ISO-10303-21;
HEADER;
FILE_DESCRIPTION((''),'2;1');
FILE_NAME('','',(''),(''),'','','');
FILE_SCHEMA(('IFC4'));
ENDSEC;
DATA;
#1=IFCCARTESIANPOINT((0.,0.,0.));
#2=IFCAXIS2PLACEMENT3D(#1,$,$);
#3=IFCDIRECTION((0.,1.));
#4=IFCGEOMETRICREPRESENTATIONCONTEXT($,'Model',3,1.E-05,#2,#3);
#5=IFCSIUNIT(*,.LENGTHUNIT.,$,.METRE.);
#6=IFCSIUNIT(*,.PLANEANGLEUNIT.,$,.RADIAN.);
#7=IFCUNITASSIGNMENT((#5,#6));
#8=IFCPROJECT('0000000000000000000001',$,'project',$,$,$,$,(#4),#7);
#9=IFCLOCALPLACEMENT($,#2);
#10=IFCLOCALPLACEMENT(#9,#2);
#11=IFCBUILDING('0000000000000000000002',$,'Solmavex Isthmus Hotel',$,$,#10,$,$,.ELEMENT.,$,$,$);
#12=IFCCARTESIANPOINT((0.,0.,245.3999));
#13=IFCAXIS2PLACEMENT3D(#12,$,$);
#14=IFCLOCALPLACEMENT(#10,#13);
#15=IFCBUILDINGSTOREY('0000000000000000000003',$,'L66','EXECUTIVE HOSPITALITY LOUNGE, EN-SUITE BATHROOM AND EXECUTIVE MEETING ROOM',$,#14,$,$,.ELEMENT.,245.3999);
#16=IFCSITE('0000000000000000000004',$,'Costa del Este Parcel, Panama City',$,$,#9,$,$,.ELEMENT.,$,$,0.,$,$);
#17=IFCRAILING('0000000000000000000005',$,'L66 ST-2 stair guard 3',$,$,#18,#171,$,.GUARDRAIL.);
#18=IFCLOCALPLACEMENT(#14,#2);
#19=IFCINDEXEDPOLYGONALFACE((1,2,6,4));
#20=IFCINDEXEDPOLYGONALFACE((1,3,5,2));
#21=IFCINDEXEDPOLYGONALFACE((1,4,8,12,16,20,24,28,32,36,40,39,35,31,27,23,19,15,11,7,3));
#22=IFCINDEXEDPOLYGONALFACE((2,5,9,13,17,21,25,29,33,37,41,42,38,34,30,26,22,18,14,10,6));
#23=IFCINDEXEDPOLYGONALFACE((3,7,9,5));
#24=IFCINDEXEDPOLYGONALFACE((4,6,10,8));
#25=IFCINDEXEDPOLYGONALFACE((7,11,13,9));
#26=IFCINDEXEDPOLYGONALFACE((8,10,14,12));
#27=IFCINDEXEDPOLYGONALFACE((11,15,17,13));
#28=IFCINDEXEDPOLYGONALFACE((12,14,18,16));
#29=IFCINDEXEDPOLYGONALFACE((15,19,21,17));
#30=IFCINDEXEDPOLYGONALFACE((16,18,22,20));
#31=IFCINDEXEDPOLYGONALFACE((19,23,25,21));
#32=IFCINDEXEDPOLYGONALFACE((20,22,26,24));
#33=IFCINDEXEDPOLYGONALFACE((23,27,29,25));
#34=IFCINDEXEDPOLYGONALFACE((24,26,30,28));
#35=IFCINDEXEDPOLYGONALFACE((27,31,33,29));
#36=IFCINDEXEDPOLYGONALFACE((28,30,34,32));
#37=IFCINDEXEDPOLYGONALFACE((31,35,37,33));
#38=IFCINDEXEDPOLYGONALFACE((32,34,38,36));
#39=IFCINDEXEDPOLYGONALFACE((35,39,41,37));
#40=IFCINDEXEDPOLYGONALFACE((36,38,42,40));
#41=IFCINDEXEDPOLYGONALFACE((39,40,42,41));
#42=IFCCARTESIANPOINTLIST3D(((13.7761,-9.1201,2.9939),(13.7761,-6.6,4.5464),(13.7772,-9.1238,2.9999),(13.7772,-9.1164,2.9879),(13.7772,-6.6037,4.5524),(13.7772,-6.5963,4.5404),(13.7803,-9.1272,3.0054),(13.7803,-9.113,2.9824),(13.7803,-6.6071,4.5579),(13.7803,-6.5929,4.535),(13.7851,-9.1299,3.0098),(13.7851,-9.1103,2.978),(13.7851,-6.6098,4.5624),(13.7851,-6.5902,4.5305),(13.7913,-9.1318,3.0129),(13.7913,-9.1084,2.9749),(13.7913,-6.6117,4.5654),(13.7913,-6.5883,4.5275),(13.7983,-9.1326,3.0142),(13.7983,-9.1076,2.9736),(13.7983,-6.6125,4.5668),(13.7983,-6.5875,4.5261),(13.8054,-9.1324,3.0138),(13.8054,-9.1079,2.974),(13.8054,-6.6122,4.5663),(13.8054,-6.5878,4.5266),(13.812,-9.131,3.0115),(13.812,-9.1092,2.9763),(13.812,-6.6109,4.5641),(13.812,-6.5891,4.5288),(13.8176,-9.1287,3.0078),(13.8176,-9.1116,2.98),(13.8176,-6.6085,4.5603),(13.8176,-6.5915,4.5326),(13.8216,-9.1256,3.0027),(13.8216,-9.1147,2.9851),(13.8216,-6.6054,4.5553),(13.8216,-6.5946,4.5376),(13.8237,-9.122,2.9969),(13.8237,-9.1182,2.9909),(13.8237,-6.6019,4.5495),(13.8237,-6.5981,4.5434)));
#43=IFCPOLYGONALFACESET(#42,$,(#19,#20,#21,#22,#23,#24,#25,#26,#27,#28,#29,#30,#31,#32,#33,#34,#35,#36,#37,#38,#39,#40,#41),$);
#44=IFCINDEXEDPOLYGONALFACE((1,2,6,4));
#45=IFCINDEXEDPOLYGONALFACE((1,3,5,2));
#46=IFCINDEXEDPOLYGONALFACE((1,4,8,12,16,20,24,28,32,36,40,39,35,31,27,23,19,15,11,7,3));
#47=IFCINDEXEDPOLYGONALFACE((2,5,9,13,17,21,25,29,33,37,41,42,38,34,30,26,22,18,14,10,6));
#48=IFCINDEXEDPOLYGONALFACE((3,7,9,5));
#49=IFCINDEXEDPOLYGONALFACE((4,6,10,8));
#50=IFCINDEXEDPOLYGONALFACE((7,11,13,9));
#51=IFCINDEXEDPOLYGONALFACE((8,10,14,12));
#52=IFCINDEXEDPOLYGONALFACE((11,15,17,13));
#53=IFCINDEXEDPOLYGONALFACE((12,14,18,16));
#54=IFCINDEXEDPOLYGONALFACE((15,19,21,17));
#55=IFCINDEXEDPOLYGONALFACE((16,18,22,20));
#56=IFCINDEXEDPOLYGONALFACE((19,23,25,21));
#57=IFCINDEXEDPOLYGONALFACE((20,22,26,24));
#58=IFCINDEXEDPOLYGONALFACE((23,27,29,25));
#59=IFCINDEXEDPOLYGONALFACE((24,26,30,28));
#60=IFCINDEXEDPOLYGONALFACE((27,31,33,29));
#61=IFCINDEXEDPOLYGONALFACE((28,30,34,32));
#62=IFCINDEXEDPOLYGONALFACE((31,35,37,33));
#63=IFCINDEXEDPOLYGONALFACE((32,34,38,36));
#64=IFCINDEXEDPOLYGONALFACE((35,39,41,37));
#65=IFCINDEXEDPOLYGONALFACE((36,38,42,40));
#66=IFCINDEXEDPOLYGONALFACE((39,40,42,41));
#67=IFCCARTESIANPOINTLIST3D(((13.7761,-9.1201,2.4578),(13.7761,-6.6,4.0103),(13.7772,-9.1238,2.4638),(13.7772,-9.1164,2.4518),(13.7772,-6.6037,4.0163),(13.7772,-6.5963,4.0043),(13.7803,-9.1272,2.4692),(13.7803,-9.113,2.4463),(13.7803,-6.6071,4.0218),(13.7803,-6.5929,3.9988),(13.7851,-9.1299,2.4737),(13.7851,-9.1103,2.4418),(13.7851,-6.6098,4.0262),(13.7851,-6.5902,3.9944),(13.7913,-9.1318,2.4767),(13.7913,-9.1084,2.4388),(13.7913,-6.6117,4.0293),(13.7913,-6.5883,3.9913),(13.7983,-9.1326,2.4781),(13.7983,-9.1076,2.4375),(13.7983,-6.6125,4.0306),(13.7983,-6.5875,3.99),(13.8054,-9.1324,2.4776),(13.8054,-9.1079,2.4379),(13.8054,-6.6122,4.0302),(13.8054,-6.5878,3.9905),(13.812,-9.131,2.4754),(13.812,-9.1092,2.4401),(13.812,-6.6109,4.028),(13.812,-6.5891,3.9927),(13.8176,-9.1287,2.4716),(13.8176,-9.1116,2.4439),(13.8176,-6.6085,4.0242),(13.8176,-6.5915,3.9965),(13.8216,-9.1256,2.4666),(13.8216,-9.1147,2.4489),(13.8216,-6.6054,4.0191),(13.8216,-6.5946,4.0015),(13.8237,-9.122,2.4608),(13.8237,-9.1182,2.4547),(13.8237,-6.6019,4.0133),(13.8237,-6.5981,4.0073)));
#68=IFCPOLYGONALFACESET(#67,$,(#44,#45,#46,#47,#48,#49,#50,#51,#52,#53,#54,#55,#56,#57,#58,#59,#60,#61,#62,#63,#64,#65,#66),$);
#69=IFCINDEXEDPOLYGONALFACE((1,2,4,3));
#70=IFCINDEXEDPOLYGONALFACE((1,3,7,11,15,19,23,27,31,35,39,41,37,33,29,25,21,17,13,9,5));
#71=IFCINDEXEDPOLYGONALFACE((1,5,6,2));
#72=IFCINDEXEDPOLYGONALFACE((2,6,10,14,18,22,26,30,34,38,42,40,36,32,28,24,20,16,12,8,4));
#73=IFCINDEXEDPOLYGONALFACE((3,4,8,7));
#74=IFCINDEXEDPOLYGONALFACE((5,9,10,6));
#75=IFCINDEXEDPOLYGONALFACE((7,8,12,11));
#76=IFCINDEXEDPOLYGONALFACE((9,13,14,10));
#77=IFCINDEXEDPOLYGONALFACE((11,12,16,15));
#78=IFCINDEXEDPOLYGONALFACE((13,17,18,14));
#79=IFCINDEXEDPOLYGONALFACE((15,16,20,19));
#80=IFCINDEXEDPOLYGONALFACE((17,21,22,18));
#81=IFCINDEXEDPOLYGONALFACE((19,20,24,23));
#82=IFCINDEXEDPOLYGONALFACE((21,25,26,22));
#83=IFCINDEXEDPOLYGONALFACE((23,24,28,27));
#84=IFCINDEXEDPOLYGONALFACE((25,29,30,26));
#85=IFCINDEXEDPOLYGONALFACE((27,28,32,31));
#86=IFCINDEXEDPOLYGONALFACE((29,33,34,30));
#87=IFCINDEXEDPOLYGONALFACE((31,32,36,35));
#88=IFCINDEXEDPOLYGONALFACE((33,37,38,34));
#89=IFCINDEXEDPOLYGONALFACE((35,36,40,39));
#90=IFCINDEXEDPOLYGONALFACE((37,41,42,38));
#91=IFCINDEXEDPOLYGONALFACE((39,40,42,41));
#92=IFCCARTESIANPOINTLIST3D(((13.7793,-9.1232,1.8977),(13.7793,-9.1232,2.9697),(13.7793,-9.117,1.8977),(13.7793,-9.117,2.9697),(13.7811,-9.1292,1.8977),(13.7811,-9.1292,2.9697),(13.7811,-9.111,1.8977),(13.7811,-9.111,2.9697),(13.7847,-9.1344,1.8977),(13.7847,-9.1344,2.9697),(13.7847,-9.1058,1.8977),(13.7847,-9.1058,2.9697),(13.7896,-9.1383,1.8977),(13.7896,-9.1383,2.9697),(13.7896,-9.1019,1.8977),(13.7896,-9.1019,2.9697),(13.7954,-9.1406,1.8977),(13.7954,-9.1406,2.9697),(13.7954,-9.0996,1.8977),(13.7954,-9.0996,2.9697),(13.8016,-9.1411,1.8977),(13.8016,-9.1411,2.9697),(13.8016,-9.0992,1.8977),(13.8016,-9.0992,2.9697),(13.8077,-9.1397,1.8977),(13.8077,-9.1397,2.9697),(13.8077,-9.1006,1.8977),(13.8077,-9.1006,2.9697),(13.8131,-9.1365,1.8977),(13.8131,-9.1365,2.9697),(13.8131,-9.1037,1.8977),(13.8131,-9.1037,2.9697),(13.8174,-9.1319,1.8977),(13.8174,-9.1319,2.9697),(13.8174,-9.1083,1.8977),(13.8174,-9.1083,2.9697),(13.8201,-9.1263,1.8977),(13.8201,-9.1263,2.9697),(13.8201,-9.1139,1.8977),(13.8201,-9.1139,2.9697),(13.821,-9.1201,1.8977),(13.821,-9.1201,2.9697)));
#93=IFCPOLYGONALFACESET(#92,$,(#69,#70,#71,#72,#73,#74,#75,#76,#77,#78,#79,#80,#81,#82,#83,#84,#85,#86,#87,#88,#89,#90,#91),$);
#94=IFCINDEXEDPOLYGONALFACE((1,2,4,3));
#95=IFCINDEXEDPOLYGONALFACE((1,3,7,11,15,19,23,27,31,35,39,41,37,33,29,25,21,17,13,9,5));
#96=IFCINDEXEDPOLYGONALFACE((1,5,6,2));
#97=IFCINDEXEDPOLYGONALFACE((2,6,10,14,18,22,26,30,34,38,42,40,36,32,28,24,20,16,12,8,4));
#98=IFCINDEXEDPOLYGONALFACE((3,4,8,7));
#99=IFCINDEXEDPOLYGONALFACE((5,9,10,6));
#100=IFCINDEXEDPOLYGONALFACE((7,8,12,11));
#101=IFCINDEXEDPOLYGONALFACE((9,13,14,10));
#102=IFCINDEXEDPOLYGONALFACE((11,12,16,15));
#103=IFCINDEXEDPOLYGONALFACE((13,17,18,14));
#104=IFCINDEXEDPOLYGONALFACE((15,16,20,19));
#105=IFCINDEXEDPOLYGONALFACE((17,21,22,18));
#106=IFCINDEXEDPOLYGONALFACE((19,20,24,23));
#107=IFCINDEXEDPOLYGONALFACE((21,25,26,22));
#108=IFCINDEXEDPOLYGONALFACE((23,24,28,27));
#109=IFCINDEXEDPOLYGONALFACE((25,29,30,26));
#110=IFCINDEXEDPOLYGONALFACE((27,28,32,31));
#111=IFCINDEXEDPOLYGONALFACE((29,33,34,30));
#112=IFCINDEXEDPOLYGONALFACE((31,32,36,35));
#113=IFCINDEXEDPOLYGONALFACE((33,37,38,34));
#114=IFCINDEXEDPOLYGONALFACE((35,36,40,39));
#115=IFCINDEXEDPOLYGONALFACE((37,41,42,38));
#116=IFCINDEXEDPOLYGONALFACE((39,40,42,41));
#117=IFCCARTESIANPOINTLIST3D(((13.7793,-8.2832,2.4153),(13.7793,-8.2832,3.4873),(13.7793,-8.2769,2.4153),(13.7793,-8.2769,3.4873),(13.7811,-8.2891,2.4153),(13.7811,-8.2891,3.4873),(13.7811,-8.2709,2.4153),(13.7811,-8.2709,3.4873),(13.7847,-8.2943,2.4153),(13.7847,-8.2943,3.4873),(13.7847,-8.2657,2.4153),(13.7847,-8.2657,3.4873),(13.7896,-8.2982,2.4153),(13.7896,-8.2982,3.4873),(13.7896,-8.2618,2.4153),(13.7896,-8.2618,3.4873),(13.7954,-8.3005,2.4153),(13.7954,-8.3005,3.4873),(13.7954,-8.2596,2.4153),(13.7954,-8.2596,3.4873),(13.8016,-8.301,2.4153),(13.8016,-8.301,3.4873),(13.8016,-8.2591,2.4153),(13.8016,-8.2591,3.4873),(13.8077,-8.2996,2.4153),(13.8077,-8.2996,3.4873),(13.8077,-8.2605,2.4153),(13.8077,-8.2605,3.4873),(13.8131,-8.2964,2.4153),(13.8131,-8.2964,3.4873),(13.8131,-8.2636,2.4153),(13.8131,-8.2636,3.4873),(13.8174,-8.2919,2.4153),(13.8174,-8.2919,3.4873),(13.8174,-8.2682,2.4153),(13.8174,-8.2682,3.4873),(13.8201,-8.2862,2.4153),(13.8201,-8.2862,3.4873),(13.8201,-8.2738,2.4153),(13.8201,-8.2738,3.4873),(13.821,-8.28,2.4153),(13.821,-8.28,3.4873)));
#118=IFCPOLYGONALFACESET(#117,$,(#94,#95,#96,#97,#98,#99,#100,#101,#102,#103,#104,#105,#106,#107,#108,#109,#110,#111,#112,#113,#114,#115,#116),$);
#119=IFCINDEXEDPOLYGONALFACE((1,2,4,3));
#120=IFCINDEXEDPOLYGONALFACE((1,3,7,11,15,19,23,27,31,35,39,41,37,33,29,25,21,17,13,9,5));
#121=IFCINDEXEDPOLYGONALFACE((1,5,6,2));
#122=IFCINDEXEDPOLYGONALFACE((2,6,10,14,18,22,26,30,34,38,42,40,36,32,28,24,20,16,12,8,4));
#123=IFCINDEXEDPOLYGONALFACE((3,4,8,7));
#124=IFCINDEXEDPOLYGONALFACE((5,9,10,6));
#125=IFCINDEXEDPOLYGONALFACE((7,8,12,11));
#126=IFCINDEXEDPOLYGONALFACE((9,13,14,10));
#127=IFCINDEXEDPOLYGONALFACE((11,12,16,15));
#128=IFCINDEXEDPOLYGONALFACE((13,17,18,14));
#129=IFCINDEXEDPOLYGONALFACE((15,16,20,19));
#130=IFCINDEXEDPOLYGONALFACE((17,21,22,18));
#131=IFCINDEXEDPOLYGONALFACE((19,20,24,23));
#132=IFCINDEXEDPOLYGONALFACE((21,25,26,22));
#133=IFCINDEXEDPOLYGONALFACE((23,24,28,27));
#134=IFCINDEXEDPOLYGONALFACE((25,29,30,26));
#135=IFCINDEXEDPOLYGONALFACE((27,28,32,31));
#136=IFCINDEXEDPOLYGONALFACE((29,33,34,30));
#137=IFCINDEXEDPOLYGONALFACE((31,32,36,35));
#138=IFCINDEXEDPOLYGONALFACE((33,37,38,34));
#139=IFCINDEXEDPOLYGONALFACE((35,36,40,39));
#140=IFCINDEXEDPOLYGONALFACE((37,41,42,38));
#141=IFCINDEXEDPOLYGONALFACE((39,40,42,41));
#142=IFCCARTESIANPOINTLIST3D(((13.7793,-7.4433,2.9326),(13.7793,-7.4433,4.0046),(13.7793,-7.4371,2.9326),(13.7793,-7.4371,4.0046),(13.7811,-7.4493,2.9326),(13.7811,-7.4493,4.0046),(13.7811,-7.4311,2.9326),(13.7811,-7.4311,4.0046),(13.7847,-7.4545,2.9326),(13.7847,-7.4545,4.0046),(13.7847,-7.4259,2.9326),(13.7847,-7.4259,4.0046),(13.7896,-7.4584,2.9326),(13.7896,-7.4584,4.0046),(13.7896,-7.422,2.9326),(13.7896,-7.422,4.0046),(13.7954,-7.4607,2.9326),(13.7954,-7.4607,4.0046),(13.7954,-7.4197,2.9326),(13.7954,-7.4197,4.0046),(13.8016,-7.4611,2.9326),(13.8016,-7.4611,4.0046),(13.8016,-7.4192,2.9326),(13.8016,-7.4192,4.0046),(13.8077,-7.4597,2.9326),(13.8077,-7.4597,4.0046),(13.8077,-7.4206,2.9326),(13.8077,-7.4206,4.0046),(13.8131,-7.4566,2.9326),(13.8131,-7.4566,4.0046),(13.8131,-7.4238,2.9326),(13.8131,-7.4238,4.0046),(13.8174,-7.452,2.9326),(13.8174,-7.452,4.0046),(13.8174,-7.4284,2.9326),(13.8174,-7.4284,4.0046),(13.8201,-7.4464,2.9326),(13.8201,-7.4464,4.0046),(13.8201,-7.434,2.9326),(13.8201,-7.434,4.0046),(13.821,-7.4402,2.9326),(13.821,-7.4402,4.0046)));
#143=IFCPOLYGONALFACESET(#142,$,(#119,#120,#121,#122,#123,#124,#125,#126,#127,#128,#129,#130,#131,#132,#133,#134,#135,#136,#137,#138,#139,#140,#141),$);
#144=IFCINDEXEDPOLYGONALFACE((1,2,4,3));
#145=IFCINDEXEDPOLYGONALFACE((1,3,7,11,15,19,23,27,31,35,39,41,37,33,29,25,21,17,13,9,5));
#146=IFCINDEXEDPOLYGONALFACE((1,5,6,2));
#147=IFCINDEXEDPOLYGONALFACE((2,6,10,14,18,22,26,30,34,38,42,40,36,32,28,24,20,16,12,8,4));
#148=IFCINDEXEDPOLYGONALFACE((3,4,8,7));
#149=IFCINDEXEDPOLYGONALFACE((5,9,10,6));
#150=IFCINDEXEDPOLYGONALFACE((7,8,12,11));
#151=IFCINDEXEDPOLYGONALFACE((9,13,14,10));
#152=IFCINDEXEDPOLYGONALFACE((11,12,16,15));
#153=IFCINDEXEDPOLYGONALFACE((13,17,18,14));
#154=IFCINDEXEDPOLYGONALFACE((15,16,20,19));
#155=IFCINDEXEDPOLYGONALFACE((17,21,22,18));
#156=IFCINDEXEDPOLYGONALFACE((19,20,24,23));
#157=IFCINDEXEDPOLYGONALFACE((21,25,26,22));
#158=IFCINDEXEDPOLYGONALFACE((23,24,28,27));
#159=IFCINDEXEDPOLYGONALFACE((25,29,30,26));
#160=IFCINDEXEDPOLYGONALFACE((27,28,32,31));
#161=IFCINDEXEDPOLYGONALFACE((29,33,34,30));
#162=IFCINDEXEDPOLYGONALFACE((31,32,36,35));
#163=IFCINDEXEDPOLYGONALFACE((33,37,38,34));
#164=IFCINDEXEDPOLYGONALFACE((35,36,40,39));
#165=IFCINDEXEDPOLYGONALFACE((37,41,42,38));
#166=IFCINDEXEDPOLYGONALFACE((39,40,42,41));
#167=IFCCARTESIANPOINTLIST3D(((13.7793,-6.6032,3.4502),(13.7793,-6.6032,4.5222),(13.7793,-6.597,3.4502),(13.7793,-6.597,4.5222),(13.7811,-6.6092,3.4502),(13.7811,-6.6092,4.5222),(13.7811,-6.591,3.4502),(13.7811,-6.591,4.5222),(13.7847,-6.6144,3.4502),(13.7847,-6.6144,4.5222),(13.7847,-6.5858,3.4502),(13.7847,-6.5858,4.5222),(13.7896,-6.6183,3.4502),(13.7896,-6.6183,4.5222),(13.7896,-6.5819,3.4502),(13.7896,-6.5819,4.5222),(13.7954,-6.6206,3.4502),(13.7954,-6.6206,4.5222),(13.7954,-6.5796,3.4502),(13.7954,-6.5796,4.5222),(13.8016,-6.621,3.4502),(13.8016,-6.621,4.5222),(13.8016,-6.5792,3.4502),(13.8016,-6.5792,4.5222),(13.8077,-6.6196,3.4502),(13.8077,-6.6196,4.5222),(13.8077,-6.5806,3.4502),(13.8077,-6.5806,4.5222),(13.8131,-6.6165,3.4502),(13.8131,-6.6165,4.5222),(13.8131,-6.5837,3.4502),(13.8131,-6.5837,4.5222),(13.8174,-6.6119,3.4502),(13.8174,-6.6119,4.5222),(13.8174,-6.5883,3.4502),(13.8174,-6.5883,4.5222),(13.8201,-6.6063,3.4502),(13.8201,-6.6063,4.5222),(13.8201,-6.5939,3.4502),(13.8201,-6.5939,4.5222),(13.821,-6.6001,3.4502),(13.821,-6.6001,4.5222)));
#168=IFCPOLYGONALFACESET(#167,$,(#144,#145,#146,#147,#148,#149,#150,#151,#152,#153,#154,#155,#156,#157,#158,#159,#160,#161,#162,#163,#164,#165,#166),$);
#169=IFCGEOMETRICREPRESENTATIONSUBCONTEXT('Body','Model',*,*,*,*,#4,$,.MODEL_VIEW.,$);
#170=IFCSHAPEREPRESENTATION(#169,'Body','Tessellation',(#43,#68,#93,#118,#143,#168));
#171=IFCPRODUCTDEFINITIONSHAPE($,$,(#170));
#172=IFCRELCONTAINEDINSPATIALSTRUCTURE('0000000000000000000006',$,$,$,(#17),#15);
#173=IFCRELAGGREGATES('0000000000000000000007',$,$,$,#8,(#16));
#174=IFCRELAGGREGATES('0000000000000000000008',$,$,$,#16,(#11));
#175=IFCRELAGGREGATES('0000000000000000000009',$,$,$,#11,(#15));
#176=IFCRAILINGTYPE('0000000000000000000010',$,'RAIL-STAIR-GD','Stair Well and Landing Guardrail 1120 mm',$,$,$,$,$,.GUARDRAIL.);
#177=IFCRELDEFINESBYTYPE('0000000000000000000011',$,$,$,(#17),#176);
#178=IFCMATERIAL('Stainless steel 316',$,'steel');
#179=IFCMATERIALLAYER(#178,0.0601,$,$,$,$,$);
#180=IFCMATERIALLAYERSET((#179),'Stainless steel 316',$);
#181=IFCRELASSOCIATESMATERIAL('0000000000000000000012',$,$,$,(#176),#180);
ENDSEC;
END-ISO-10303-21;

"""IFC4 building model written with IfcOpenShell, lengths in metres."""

from ifc_helpers import new_model, si_unit, direction, frame, origin, origin_2d, place, context, subcontext, project, spatial, circle, extrude, material, layer, layer_set, type_object, element, save


model = new_model("IFC4")

# Units and contexts
model_context = context("Model", 3, precision=1e-05, world=origin(), true_north=direction((0.0, 1.0)))
body_context = subcontext(model_context, "Body", "Model", "MODEL_VIEW")
ifc_project = project(units=[si_unit("LENGTHUNIT", "METRE"), si_unit("PLANEANGLEUNIT", "RADIAN")], contexts=[model_context])

# Site, building, storey
site_placement = place(None, origin())
site = spatial("IfcSite", under=ifc_project, at=site_placement, Name="Costa del Este Parcel, Panama City", CompositionType="ELEMENT", RefElevation=0.0)
building_placement = place(site_placement, origin())
building = spatial("IfcBuilding", under=site, at=building_placement, Name="Solmavex Isthmus Hotel", CompositionType="ELEMENT")
storey_placement = place(building_placement, frame((0.0, 0.0, 245.3999)))
storey = spatial("IfcBuildingStorey", under=building, at=storey_placement, Name="L66", Description="EXECUTIVE HOSPITALITY LOUNGE, EN-SUITE BATHROOM AND EXECUTIVE MEETING ROOM", CompositionType="ELEMENT", Elevation=245.3999)

# Railing
ifc_material_1 = material(Name="Stainless steel 316", Category="steel")
ifc_layer_1 = layer(ifc_material_1, 0.0601)
ifc_layer_set_1 = layer_set([ifc_layer_1], Name="Stainless steel 316")
railing_type = type_object("IfcRailingType", Name="RAIL-STAIR-GD", Description="Stair Well and Landing Guardrail 1120 mm", PredefinedType="GUARDRAIL", material=ifc_layer_set_1)
railing_1_placement = place(storey_placement, frame((13.8, -9.1201, 1.8977)))
element("IfcRailing", 1, at=railing_1_placement, inside=storey, type_object=railing_type, Name="L66 ST-2 stair guard 3", PredefinedType="GUARDRAIL", context=body_context, shape_type="SweptSolid", body=[
    extrude(circle(Radius=0.0239, at=origin_2d()), frame((0.0, 0.0, 1.0962), z_axis=(0.0, 0.8514, 0.524516), x_axis=(-1.0, 0.0, 0.0)), (0.0, 0.0, 1.0), 2.96),
    extrude(circle(Radius=0.0239, at=origin_2d()), frame((0.0, 0.0, 0.5601), z_axis=(0.0, 0.8514, 0.524516), x_axis=(-1.0, 0.0, 0.0)), (0.0, 0.0, 1.0), 2.96),
    extrude(circle(Radius=0.021, at=origin_2d()), origin(), (0.0, 0.0, 1.0), 1.072),
    extrude(circle(Radius=0.021, at=origin_2d()), frame((0.0, 0.8401, 0.5176)), (0.0, 0.0, 1.0), 1.072),
    extrude(circle(Radius=0.021, at=origin_2d()), frame((0.0, 1.6799, 1.0349)), (0.0, 0.0, 1.0), 1.072),
    extrude(circle(Radius=0.021, at=origin_2d()), frame((0.0, 2.52, 1.5525)), (0.0, 0.0, 1.0), 1.072),
])

save(model, "model.ifc")
